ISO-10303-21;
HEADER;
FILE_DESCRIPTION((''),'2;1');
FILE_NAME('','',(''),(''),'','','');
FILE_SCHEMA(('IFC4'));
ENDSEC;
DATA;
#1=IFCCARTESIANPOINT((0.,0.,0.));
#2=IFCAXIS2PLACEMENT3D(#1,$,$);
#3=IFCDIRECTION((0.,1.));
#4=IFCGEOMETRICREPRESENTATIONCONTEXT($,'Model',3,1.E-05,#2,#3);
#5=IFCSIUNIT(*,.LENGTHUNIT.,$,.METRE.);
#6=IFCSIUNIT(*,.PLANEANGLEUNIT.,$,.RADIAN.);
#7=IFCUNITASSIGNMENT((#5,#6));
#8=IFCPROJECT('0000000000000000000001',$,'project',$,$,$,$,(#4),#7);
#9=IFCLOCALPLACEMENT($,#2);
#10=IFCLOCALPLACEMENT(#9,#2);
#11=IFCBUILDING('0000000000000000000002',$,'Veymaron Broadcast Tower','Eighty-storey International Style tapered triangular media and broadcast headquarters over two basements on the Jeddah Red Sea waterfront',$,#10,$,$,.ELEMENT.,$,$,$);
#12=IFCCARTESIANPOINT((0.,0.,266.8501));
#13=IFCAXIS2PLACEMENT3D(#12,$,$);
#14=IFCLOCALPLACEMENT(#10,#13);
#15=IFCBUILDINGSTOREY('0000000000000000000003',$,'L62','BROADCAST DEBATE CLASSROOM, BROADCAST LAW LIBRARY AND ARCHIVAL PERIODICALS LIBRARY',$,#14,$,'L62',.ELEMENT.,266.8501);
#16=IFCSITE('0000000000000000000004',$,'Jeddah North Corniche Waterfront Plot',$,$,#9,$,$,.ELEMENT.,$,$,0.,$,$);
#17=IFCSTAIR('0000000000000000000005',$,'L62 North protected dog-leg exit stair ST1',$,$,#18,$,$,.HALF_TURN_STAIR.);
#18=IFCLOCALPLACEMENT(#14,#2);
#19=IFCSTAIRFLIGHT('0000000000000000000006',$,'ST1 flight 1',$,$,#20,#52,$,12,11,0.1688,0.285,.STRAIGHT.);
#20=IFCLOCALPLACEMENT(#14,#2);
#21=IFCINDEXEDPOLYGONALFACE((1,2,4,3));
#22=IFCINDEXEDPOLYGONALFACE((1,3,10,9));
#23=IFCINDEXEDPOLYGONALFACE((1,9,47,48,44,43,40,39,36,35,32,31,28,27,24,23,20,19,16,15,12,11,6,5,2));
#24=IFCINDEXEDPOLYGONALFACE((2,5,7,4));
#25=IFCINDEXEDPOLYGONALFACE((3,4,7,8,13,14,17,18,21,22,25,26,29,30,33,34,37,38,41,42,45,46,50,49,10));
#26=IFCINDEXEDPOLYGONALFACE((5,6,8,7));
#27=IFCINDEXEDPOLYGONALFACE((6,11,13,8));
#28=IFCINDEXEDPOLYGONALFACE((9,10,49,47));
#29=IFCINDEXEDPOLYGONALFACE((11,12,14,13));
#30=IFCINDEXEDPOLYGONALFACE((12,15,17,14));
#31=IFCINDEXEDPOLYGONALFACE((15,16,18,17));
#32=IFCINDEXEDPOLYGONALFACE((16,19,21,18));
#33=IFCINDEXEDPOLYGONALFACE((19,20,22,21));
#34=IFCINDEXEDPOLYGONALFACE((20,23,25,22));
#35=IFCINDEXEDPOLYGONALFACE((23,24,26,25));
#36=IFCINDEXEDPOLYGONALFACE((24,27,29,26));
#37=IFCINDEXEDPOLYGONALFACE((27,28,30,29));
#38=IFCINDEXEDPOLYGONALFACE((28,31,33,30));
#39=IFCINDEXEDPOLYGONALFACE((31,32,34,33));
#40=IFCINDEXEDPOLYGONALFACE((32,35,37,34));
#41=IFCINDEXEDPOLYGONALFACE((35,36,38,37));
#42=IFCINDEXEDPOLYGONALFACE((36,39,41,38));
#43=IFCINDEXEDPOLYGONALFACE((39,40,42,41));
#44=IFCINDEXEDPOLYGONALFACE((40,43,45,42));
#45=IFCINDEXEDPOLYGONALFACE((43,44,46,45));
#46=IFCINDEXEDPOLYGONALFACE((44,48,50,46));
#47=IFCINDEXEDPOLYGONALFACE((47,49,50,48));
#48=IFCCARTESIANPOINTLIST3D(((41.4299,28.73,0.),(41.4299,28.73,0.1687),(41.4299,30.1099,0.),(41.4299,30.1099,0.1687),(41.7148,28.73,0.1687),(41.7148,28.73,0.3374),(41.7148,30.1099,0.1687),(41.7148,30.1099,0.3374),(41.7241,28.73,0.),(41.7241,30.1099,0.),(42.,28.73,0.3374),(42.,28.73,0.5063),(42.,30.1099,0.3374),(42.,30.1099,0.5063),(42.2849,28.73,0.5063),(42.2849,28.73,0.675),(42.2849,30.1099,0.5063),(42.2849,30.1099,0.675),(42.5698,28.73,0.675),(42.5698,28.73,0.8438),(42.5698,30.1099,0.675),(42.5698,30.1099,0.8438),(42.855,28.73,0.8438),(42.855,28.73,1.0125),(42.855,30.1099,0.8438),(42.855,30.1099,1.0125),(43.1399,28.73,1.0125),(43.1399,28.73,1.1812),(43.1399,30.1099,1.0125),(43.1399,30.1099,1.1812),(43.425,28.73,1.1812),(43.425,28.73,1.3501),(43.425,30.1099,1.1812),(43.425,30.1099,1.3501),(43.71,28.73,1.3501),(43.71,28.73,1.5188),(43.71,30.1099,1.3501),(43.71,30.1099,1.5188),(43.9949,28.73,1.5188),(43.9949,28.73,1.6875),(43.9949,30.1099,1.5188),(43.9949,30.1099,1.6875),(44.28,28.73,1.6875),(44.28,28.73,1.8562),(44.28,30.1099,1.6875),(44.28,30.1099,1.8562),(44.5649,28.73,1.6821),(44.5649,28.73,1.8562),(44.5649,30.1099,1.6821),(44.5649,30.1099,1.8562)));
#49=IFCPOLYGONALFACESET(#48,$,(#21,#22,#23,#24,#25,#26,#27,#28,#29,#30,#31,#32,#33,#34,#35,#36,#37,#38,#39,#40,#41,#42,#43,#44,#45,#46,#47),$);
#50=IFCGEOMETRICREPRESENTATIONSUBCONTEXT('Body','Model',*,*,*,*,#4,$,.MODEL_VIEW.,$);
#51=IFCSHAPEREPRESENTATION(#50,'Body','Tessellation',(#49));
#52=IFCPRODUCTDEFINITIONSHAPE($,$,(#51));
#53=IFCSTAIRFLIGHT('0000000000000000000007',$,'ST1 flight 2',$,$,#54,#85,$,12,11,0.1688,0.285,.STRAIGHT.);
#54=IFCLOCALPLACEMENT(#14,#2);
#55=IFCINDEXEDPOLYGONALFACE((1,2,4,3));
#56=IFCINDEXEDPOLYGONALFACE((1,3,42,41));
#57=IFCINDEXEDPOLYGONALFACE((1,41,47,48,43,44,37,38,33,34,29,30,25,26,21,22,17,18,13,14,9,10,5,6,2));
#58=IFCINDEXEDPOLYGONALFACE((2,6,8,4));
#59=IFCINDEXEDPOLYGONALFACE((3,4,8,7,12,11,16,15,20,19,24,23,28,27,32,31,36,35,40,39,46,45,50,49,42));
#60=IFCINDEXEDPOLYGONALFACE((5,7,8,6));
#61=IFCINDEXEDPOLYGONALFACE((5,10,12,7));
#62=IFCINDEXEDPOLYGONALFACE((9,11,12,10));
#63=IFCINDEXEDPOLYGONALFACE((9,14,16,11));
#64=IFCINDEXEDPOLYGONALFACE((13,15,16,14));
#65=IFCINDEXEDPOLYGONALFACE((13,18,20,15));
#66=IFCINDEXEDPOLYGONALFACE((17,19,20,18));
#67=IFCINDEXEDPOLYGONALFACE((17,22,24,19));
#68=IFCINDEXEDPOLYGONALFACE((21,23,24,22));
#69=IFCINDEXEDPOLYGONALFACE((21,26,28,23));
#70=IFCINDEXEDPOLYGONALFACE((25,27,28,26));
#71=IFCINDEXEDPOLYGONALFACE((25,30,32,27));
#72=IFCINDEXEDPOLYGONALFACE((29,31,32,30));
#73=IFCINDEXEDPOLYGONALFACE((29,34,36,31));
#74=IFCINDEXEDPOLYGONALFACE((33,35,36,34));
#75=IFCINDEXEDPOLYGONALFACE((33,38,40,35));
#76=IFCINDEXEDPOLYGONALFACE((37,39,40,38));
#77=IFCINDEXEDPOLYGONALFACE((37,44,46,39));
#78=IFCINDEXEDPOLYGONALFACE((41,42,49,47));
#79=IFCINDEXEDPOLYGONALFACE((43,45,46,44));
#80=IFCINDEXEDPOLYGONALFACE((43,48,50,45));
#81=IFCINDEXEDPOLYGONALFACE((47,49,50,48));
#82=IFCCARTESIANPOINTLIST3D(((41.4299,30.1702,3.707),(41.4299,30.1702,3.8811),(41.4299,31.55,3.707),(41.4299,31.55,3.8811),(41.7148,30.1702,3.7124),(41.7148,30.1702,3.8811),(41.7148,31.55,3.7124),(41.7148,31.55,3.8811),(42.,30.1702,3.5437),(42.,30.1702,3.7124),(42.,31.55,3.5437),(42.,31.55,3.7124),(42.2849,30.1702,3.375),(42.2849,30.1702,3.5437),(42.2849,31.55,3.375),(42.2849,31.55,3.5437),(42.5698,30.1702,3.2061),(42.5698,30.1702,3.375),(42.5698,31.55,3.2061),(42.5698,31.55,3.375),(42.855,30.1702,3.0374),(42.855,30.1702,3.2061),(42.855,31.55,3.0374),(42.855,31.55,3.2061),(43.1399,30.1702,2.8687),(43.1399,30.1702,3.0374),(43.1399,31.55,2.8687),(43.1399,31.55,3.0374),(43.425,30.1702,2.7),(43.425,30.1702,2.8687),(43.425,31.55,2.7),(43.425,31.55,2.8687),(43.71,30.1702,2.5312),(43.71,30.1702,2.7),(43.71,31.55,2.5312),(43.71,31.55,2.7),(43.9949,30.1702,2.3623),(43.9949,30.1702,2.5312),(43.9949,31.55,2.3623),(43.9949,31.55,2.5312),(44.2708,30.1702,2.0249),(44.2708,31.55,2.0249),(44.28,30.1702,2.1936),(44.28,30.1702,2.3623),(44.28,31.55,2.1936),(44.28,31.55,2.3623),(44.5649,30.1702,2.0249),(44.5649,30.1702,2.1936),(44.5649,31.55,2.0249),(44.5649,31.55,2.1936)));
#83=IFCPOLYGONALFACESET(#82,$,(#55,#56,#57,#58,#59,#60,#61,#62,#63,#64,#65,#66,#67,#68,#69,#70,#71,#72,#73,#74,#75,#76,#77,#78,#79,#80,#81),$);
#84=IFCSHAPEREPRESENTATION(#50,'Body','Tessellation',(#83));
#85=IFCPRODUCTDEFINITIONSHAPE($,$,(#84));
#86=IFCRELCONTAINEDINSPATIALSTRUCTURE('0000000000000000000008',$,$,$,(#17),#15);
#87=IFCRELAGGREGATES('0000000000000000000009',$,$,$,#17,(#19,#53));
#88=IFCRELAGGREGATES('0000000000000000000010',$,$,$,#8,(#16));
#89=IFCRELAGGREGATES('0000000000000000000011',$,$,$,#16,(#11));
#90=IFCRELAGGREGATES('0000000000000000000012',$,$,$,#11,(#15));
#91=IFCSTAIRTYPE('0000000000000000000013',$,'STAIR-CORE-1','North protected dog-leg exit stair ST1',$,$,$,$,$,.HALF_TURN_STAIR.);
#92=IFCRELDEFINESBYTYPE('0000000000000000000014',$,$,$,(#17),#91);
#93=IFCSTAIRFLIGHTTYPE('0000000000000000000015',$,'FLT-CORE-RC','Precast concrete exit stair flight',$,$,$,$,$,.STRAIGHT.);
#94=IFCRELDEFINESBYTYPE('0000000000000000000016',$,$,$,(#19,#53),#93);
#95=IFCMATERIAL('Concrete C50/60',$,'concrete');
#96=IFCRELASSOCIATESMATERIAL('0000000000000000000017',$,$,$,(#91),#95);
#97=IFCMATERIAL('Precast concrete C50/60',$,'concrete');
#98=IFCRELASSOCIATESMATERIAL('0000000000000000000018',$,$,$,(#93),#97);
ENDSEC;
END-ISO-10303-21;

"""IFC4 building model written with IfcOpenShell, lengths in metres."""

from ifc_helpers import new_model, si_unit, direction, frame, origin, place, context, subcontext, project, spatial, polyline, outline, extrude, material, type_object, element, aggregate, save


model = new_model("IFC4")

# Units and contexts
model_context = context("Model", 3, precision=1e-05, world=origin(), true_north=direction((0.0, 1.0)))
body_context = subcontext(model_context, "Body", "Model", "MODEL_VIEW")
ifc_project = project(units=[si_unit("LENGTHUNIT", "METRE"), si_unit("PLANEANGLEUNIT", "RADIAN")], contexts=[model_context])

# Site, building, storey
site_placement = place(None, origin())
site = spatial("IfcSite", under=ifc_project, at=site_placement, Name="Jeddah North Corniche Waterfront Plot", CompositionType="ELEMENT", RefElevation=0.0)
building_placement = place(site_placement, origin())
building = spatial("IfcBuilding", under=site, at=building_placement, Name="Veymaron Broadcast Tower", Description="Eighty-storey International Style tapered triangular media and broadcast headquarters over two basements on the Jeddah Red Sea waterfront", CompositionType="ELEMENT")
storey_placement = place(building_placement, frame((0.0, 0.0, 266.8501)))
storey = spatial("IfcBuildingStorey", under=building, at=storey_placement, Name="L62", Description="BROADCAST DEBATE CLASSROOM, BROADCAST LAW LIBRARY AND ARCHIVAL PERIODICALS LIBRARY", LongName="L62", CompositionType="ELEMENT", Elevation=266.8501)

# Shared definitions
ifc_material_1 = material(Name="Concrete C50/60", Category="concrete")

# Stair, stair flights
stair_type = type_object("IfcStairType", Name="STAIR-CORE-1", Description="North protected dog-leg exit stair ST1", PredefinedType="HALF_TURN_STAIR", material=ifc_material_1)
stair_placement = place(storey_placement, origin())
stair = element("IfcStair", 1, at=stair_placement, inside=storey, type_object=stair_type, Name="L62 North protected dog-leg exit stair ST1", PredefinedType="HALF_TURN_STAIR")
ifc_material_2 = material(Name="Precast concrete C50/60", Category="concrete")
stair_flight_type = type_object("IfcStairFlightType", Name="FLT-CORE-RC", Description="Precast concrete exit stair flight", PredefinedType="STRAIGHT", material=ifc_material_2)
stair_flight_1_placement = place(storey_placement, frame((41.4299, 29.4199, 0.0), z_axis=(0.0, 0.0, 1.0), x_axis=(1.0, 0.0, 0.0)))
stair_flight_1 = element("IfcStairFlight", 2, at=stair_flight_1_placement, type_object=stair_flight_type, Name="ST1 flight 1", NumberOfRisers=12, NumberOfTreads=11, PredefinedType="STRAIGHT", RiserHeight=0.1688, TreadLength=0.285, context=body_context, shape_type="SweptSolid", body=[
    extrude(outline(polyline([(0.0, 0.0), (0.0, 0.1687), (0.2849, 0.1687), (0.2849, 0.3374), (0.5701, 0.3374), (0.5701, 0.5063), (0.855, 0.5063), (0.855, 0.675), (1.1399, 0.675), (1.1399, 0.8438), (1.425, 0.8438), (1.425, 1.0125), (1.71, 1.0125), (1.71, 1.1812), (1.9951, 1.1812), (1.9951, 1.3501), (2.28, 1.3501), (2.28, 1.5188), (2.5649, 1.5188), (2.5649, 1.6875), (2.8501, 1.6875), (2.8501, 1.8562), (3.135, 1.8562), (3.135, 2.0249), (3.135, 1.6821), (0.2942, 0.0), (0.0, 0.0)])), frame((0.0, 0.6899, 0.0), z_axis=(0.0, -1.0, 0.0), x_axis=(1.0, 0.0, 0.0)), (0.0, 0.0, 1.0), 1.3799),
])
stair_flight_2_placement = place(storey_placement, frame((44.5649, 30.8601, 2.0249), z_axis=(0.0, 0.0, 1.0), x_axis=(-1.0, 0.0, 0.0)))
stair_flight_2 = element("IfcStairFlight", 3, at=stair_flight_2_placement, type_object=stair_flight_type, Name="ST1 flight 2", NumberOfRisers=12, NumberOfTreads=11, PredefinedType="STRAIGHT", RiserHeight=0.1688, TreadLength=0.285, context=body_context, shape_type="SweptSolid", body=[
    extrude(outline(polyline([(0.0, 0.0), (0.0, 0.1687), (0.2849, 0.1687), (0.2849, 0.3374), (0.5701, 0.3374), (0.5701, 0.5063), (0.855, 0.5063), (0.855, 0.675), (1.1399, 0.675), (1.1399, 0.8438), (1.425, 0.8438), (1.425, 1.0125), (1.71, 1.0125), (1.71, 1.1812), (1.9951, 1.1812), (1.9951, 1.3501), (2.28, 1.3501), (2.28, 1.5188), (2.5649, 1.5188), (2.5649, 1.6875), (2.8501, 1.6875), (2.8501, 1.8562), (3.135, 1.8562), (3.135, 2.0249), (3.135, 1.6821), (0.2942, 0.0), (0.0, 0.0)])), frame((0.0, 0.6899, 0.0), z_axis=(0.0, -1.0, 0.0), x_axis=(1.0, 0.0, 0.0)), (0.0, 0.0, 1.0), 1.3799),
])
aggregate(stair, [stair_flight_1, stair_flight_2])

save(model, "model.ifc")
